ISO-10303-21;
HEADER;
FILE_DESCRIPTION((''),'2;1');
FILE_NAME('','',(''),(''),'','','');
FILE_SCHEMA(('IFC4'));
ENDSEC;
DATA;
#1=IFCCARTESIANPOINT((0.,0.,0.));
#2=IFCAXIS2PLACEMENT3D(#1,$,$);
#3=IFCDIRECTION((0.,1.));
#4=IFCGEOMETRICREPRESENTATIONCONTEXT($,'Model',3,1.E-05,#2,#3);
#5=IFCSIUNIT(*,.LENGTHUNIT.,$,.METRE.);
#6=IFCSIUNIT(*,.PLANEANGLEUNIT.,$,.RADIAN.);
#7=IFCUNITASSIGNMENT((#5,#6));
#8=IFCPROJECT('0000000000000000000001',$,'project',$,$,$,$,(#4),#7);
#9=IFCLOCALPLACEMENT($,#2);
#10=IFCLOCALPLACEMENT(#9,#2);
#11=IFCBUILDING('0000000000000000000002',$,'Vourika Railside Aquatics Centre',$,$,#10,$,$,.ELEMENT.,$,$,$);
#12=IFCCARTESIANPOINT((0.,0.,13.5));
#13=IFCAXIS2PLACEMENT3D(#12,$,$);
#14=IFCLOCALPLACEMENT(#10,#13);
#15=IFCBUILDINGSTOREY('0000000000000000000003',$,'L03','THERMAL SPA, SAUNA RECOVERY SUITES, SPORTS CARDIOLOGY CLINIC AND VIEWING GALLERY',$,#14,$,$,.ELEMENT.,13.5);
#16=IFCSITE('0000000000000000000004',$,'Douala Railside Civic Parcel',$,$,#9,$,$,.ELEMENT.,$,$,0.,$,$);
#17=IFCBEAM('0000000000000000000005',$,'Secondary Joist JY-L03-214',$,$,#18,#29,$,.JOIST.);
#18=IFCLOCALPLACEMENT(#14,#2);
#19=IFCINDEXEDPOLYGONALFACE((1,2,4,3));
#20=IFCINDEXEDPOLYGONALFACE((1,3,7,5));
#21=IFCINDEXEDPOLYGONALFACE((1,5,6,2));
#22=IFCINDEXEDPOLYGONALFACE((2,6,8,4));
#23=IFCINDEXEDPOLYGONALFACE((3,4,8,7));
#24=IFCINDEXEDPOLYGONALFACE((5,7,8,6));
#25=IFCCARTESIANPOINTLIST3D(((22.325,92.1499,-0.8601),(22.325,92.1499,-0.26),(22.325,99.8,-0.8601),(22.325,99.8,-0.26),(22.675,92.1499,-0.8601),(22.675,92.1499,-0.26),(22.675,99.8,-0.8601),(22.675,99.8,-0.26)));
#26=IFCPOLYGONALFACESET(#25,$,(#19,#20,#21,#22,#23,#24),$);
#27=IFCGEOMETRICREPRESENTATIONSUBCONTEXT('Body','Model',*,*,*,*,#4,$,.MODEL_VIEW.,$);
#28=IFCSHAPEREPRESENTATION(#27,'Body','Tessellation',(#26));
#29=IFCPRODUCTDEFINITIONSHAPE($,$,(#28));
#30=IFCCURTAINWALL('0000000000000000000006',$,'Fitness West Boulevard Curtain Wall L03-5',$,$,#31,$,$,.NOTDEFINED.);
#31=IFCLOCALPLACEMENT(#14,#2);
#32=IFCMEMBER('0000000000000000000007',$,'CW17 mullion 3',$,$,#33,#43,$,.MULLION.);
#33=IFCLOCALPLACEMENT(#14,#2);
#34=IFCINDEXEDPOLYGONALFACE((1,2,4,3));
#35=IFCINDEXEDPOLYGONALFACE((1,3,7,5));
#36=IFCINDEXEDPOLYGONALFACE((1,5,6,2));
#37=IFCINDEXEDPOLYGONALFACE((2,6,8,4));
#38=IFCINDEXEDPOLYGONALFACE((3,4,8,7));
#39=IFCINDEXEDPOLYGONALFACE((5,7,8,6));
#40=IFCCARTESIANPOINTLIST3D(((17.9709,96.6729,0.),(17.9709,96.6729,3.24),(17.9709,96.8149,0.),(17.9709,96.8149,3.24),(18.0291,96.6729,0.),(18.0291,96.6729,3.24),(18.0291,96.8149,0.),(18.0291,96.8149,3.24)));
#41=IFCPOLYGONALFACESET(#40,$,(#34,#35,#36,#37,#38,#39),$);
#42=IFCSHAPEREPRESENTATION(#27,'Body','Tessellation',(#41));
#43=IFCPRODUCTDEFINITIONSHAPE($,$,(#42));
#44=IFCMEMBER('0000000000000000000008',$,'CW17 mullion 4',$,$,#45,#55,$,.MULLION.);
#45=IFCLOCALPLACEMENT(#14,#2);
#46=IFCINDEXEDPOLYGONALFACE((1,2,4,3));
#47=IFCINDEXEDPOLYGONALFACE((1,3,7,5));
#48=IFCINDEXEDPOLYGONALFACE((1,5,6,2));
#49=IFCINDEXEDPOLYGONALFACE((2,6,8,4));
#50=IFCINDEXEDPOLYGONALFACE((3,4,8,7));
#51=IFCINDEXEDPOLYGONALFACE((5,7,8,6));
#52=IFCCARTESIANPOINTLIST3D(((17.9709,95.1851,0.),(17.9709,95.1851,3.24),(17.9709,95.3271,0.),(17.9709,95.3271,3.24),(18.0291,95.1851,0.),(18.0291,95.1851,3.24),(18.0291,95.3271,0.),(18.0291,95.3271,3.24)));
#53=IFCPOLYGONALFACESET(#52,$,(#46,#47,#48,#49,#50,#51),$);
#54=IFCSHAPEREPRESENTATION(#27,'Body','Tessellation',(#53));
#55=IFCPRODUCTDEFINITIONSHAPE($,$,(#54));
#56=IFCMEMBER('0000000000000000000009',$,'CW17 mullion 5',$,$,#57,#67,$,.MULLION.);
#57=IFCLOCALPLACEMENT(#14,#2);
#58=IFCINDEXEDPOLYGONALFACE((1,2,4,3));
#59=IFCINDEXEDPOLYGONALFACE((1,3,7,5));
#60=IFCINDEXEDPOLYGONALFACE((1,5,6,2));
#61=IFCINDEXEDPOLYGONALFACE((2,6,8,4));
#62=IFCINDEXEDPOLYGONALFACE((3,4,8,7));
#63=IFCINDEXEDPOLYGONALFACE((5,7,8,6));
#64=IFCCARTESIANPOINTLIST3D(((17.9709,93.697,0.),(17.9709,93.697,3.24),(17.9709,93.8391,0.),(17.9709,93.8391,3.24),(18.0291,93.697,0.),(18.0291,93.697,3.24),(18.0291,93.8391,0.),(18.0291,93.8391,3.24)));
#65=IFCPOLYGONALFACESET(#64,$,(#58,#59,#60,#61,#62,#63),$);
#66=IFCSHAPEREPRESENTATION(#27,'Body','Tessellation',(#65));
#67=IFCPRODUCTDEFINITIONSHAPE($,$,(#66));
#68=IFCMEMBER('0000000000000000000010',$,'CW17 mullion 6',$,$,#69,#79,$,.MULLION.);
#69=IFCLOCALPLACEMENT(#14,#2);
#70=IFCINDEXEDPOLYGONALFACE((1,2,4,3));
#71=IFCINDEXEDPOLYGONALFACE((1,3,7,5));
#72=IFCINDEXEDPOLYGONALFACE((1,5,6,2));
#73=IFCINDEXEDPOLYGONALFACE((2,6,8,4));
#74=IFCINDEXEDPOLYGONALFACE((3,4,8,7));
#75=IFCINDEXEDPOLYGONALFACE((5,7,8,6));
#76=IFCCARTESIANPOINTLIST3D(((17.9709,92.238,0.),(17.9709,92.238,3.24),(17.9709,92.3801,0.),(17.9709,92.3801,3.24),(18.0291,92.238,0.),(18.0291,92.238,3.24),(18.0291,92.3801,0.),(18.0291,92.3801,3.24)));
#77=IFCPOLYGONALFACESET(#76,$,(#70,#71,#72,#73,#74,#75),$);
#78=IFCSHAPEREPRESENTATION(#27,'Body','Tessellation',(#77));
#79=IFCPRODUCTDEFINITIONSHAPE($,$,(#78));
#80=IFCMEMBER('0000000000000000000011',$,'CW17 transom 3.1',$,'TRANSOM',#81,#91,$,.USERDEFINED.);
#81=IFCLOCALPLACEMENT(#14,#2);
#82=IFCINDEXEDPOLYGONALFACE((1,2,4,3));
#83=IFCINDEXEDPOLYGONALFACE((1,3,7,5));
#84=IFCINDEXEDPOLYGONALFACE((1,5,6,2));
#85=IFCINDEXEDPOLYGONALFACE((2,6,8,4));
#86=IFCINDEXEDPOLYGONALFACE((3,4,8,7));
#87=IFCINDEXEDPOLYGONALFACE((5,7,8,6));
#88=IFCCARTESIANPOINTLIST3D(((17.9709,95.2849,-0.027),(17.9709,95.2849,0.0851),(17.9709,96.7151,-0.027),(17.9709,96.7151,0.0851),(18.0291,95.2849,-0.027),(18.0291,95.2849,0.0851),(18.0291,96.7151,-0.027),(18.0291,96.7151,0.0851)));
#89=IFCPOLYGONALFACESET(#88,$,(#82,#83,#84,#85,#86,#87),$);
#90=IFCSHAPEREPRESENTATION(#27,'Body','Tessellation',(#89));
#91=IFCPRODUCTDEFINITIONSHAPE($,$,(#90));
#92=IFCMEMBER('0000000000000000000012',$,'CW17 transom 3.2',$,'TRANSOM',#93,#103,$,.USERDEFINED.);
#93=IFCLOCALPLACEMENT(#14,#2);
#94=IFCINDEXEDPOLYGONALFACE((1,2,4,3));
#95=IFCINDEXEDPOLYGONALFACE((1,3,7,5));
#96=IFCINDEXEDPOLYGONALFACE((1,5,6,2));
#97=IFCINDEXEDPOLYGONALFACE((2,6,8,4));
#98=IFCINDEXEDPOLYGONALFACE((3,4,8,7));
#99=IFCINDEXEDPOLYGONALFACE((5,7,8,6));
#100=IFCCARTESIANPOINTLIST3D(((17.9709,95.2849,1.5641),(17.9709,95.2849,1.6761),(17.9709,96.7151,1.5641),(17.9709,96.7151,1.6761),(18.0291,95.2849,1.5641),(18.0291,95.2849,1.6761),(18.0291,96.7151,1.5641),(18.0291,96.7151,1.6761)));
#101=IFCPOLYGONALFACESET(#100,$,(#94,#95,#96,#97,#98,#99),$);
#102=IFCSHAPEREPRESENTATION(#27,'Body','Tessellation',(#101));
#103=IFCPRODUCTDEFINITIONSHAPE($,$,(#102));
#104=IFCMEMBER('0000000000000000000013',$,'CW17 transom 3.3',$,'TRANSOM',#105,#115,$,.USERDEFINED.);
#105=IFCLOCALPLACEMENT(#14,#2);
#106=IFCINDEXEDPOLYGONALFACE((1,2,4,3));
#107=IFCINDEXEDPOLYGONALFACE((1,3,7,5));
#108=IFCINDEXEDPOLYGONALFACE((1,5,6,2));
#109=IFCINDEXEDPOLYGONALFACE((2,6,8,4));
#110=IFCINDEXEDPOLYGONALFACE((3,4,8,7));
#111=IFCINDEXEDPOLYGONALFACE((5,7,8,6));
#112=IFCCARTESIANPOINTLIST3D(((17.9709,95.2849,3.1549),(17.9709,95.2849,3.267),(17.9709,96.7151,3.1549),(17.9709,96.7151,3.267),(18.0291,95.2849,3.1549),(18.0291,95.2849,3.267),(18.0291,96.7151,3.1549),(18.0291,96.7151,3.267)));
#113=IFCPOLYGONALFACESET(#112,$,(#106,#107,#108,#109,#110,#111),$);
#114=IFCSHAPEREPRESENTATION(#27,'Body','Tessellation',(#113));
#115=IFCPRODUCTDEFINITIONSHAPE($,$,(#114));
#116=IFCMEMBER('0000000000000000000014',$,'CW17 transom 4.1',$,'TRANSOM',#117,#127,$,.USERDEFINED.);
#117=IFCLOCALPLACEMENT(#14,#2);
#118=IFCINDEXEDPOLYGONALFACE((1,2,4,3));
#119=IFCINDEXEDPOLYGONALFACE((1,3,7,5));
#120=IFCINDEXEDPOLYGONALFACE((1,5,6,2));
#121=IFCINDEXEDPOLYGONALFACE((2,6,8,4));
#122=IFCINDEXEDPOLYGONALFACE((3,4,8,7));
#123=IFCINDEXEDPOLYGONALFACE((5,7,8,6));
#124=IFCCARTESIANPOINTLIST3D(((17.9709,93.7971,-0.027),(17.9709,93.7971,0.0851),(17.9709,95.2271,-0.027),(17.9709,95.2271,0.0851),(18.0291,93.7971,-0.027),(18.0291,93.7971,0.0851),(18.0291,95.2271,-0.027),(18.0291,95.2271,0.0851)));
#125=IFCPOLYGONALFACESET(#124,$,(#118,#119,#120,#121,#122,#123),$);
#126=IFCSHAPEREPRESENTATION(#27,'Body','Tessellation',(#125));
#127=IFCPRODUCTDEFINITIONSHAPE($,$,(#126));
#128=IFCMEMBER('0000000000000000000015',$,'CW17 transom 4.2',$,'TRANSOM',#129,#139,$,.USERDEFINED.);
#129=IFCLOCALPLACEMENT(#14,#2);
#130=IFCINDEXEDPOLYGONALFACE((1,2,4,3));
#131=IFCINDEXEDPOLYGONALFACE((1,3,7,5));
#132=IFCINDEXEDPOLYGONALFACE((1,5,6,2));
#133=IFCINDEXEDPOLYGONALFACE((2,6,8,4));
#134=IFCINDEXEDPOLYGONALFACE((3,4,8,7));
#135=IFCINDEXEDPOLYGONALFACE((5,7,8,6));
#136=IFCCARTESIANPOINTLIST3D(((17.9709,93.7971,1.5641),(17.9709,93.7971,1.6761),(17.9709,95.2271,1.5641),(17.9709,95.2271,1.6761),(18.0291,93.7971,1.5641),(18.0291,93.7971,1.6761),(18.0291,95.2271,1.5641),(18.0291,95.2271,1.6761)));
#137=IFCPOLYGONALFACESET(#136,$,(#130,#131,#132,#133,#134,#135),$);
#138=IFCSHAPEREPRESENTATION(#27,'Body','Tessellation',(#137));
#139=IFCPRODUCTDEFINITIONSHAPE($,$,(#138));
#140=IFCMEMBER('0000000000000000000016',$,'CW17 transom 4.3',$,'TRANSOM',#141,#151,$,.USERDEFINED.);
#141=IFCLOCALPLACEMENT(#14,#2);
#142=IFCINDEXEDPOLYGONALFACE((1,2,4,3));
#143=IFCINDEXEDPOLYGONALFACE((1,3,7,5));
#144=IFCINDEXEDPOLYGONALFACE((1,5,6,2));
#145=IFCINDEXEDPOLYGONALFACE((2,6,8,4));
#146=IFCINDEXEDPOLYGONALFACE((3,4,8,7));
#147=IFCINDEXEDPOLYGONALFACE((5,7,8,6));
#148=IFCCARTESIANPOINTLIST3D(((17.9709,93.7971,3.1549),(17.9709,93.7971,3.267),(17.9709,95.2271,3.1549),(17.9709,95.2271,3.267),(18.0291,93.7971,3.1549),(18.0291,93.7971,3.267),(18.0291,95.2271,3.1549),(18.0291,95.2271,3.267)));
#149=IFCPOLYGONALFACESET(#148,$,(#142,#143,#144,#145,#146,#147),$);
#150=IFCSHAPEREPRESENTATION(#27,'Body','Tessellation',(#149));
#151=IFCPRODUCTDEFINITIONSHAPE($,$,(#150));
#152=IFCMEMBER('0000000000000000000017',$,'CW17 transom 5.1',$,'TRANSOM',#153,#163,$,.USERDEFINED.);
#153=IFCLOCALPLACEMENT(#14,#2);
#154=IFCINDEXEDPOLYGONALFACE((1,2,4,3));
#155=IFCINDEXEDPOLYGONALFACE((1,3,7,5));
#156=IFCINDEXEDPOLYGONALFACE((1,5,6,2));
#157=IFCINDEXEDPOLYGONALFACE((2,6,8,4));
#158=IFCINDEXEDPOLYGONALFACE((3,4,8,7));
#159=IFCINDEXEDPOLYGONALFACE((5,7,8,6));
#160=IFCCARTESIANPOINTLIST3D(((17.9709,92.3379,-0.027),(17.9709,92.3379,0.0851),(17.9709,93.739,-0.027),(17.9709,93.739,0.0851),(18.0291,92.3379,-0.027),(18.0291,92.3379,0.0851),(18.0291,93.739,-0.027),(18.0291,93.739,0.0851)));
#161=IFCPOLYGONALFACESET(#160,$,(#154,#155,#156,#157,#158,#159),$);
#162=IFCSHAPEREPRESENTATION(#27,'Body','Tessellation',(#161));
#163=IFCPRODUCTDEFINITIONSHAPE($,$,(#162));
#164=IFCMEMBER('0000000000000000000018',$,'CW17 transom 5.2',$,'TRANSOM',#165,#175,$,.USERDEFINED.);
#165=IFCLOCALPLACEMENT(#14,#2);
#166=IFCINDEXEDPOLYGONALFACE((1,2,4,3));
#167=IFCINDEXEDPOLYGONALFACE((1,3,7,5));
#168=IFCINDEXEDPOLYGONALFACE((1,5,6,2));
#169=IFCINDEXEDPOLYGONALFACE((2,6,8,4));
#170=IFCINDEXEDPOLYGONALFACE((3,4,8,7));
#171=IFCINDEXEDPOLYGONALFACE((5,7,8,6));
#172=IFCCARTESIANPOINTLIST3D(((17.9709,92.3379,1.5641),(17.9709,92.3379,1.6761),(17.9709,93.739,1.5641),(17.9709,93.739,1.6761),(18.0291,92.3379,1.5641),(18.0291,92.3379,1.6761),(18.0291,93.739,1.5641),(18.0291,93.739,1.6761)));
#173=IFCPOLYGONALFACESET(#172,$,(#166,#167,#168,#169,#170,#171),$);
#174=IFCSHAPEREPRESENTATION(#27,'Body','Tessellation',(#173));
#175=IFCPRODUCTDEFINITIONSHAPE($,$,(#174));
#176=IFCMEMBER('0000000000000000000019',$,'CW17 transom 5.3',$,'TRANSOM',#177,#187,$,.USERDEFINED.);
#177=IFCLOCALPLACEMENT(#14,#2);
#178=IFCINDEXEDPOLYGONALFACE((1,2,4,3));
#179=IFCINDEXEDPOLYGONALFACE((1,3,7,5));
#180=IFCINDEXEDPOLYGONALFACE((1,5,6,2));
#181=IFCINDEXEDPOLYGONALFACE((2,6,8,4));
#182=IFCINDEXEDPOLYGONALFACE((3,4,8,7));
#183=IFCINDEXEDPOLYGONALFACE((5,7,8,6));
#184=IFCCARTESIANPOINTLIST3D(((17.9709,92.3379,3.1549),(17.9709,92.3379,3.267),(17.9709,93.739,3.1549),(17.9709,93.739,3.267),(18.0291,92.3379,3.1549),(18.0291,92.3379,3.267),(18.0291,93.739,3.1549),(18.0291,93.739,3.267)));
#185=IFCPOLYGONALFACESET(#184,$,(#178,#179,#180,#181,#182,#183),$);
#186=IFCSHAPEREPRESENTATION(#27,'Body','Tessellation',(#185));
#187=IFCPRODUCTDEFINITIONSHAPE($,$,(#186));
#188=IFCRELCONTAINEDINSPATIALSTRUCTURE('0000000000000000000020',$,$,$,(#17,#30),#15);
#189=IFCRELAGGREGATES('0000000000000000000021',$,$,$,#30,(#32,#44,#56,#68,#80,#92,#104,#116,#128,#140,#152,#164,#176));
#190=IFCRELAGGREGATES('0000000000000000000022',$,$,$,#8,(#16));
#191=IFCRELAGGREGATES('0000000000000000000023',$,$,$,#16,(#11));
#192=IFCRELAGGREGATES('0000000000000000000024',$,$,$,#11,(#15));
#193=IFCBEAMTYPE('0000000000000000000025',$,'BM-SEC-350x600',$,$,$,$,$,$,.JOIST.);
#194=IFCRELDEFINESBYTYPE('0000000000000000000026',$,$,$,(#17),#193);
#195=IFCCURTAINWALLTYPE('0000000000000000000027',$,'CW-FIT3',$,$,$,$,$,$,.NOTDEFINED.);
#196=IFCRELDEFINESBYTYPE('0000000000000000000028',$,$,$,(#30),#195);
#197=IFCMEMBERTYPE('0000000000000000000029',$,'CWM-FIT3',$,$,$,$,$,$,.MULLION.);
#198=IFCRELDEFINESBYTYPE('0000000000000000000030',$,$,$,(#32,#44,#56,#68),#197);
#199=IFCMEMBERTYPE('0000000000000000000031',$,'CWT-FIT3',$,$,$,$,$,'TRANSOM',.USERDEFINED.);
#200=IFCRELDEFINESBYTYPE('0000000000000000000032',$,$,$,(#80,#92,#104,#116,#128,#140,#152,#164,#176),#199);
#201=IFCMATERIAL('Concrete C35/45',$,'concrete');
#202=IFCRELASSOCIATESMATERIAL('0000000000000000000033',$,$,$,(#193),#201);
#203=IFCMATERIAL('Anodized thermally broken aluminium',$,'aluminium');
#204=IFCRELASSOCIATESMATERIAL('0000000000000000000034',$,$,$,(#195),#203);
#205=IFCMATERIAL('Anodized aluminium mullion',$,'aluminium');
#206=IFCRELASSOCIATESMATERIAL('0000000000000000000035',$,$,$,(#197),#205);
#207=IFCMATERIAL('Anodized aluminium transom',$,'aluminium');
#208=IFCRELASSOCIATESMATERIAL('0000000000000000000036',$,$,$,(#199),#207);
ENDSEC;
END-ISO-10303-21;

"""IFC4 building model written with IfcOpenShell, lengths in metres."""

from ifc_helpers import new_model, si_unit, direction, frame, origin, origin_2d, place, context, subcontext, project, spatial, rectangle, extrude, material, material_profile, profile_set, type_object, element, aggregate, save


model = new_model("IFC4")

# Units and contexts
model_context = context("Model", 3, precision=1e-05, world=origin(), true_north=direction((0.0, 1.0)))
body_context = subcontext(model_context, "Body", "Model", "MODEL_VIEW")
ifc_project = project(units=[si_unit("LENGTHUNIT", "METRE"), si_unit("PLANEANGLEUNIT", "RADIAN")], contexts=[model_context])

# Site, building, storey
site_placement = place(None, origin())
site = spatial("IfcSite", under=ifc_project, at=site_placement, Name="Douala Railside Civic Parcel", CompositionType="ELEMENT", RefElevation=0.0)
building_placement = place(site_placement, origin())
building = spatial("IfcBuilding", under=site, at=building_placement, Name="Vourika Railside Aquatics Centre", CompositionType="ELEMENT")
storey_placement = place(building_placement, frame((0.0, 0.0, 13.5)))
storey = spatial("IfcBuildingStorey", under=building, at=storey_placement, Name="L03", Description="THERMAL SPA, SAUNA RECOVERY SUITES, SPORTS CARDIOLOGY CLINIC AND VIEWING GALLERY", CompositionType="ELEMENT", Elevation=13.5)

# Beam
ifc_material_1 = material(Name="Concrete C35/45", Category="concrete")
ifc_material_profile_1 = material_profile(ifc_material_1, rectangle(XDim=0.3501, YDim=0.6001, at=origin_2d()), Name="RC 350x600")
ifc_profile_set_1 = profile_set([ifc_material_profile_1], Name="Concrete C35/45")
beam_type = type_object("IfcBeamType", Name="BM-SEC-350x600", PredefinedType="JOIST", material=ifc_profile_set_1)
beam_placement = place(storey_placement, frame((22.5, 92.1499, -0.5601), z_axis=(0.0, 1.0, 0.0), x_axis=(-1.0, 0.0, 0.0)))
element("IfcBeam", 1, at=beam_placement, inside=storey, type_object=beam_type, Name="Secondary Joist JY-L03-214", PredefinedType="JOIST", context=body_context, shape_type="SweptSolid", body=[
    extrude(rectangle(XDim=0.3501, YDim=0.6001, at=origin_2d()), origin(), (0.0, 0.0, 1.0), 7.6501),
])

# Curtain wall, members
ifc_material_2 = material(Name="Anodized thermally broken aluminium", Category="aluminium")
curtain_wall_type = type_object("IfcCurtainWallType", Name="CW-FIT3", PredefinedType="NOTDEFINED", material=ifc_material_2)
curtain_wall_placement = place(storey_placement, origin())
curtain_wall = element("IfcCurtainWall", 2, at=curtain_wall_placement, inside=storey, type_object=curtain_wall_type, Name="Fitness West Boulevard Curtain Wall L03-5", PredefinedType="NOTDEFINED")
ifc_material_3 = material(Name="Anodized aluminium mullion", Category="aluminium")
ifc_material_profile_2 = material_profile(ifc_material_3, rectangle(XDim=0.0581, YDim=0.1421, at=origin_2d()), Name="ALU-M 58x142")
ifc_profile_set_2 = profile_set([ifc_material_profile_2], Name="Anodized aluminium mullion")
member_type_1 = type_object("IfcMemberType", Name="CWM-FIT3", PredefinedType="MULLION", material=ifc_profile_set_2)
member_1_placement = place(storey_placement, frame((18.0, 96.7439, 0.0), z_axis=(0.0, 0.0, 1.0), x_axis=(1.0, 0.0, 0.0)))
member_1 = element("IfcMember", 3, at=member_1_placement, type_object=member_type_1, Name="CW17 mullion 3", PredefinedType="MULLION", context=body_context, shape_type="SweptSolid", body=[
    extrude(rectangle(XDim=0.0581, YDim=0.1421, at=origin_2d()), origin(), (0.0, 0.0, 1.0), 3.24),
])
member_2_placement = place(storey_placement, frame((18.0, 95.2561, 0.0), z_axis=(0.0, 0.0, 1.0), x_axis=(1.0, 0.0, 0.0)))
member_2 = element("IfcMember", 4, at=member_2_placement, type_object=member_type_1, Name="CW17 mullion 4", PredefinedType="MULLION", context=body_context, shape_type="SweptSolid", body=[
    extrude(rectangle(XDim=0.0581, YDim=0.1421, at=origin_2d()), origin(), (0.0, 0.0, 1.0), 3.24),
])
member_3_placement = place(storey_placement, frame((18.0, 93.7681, 0.0), z_axis=(0.0, 0.0, 1.0), x_axis=(1.0, 0.0, 0.0)))
member_3 = element("IfcMember", 5, at=member_3_placement, type_object=member_type_1, Name="CW17 mullion 5", PredefinedType="MULLION", context=body_context, shape_type="SweptSolid", body=[
    extrude(rectangle(XDim=0.0581, YDim=0.1421, at=origin_2d()), origin(), (0.0, 0.0, 1.0), 3.24),
])
member_4_placement = place(storey_placement, frame((18.0, 92.3091, 0.0), z_axis=(0.0, 0.0, 1.0), x_axis=(1.0, 0.0, 0.0)))
member_4 = element("IfcMember", 6, at=member_4_placement, type_object=member_type_1, Name="CW17 mullion 6", PredefinedType="MULLION", context=body_context, shape_type="SweptSolid", body=[
    extrude(rectangle(XDim=0.0581, YDim=0.1421, at=origin_2d()), origin(), (0.0, 0.0, 1.0), 3.24),
])
ifc_material_4 = material(Name="Anodized aluminium transom", Category="aluminium")
ifc_material_profile_3 = material_profile(ifc_material_4, rectangle(XDim=0.0581, YDim=0.1121, at=origin_2d()), Name="ALU-T 58x112")
ifc_profile_set_3 = profile_set([ifc_material_profile_3], Name="Anodized aluminium transom")
member_type_2 = type_object("IfcMemberType", Name="CWT-FIT3", ElementType="TRANSOM", PredefinedType="USERDEFINED", material=ifc_profile_set_3)
member_5_placement = place(storey_placement, frame((18.0, 96.7151, 0.0291), z_axis=(0.0, -1.0, 0.0), x_axis=(1.0, 0.0, 0.0)))
member_5 = element("IfcMember", 7, at=member_5_placement, type_object=member_type_2, Name="CW17 transom 3.1", ObjectType="TRANSOM", PredefinedType="USERDEFINED", context=body_context, shape_type="SweptSolid", body=[
    extrude(rectangle(XDim=0.0581, YDim=0.1121, at=origin_2d()), origin(), (0.0, 0.0, 1.0), 1.4302),
])
member_6_placement = place(storey_placement, frame((18.0, 96.7151, 1.6201), z_axis=(0.0, -1.0, 0.0), x_axis=(1.0, 0.0, 0.0)))
member_6 = element("IfcMember", 8, at=member_6_placement, type_object=member_type_2, Name="CW17 transom 3.2", ObjectType="TRANSOM", PredefinedType="USERDEFINED", context=body_context, shape_type="SweptSolid", body=[
    extrude(rectangle(XDim=0.0581, YDim=0.1121, at=origin_2d()), origin(), (0.0, 0.0, 1.0), 1.4302),
])
member_7_placement = place(storey_placement, frame((18.0, 96.7151, 3.2109), z_axis=(0.0, -1.0, 0.0), x_axis=(1.0, 0.0, 0.0)))
member_7 = element("IfcMember", 9, at=member_7_placement, type_object=member_type_2, Name="CW17 transom 3.3", ObjectType="TRANSOM", PredefinedType="USERDEFINED", context=body_context, shape_type="SweptSolid", body=[
    extrude(rectangle(XDim=0.0581, YDim=0.1121, at=origin_2d()), origin(), (0.0, 0.0, 1.0), 1.4302),
])
member_8_placement = place(storey_placement, frame((18.0, 95.2271, 0.0291), z_axis=(0.0, -1.0, 0.0), x_axis=(1.0, 0.0, 0.0)))
member_8 = element("IfcMember", 10, at=member_8_placement, type_object=member_type_2, Name="CW17 transom 4.1", ObjectType="TRANSOM", PredefinedType="USERDEFINED", context=body_context, shape_type="SweptSolid", body=[
    extrude(rectangle(XDim=0.0581, YDim=0.1121, at=origin_2d()), origin(), (0.0, 0.0, 1.0), 1.4299),
])
member_9_placement = place(storey_placement, frame((18.0, 95.2271, 1.6201), z_axis=(0.0, -1.0, 0.0), x_axis=(1.0, 0.0, 0.0)))
member_9 = element("IfcMember", 11, at=member_9_placement, type_object=member_type_2, Name="CW17 transom 4.2", ObjectType="TRANSOM", PredefinedType="USERDEFINED", context=body_context, shape_type="SweptSolid", body=[
    extrude(rectangle(XDim=0.0581, YDim=0.1121, at=origin_2d()), origin(), (0.0, 0.0, 1.0), 1.4299),
])
member_10_placement = place(storey_placement, frame((18.0, 95.2271, 3.2109), z_axis=(0.0, -1.0, 0.0), x_axis=(1.0, 0.0, 0.0)))
member_10 = element("IfcMember", 12, at=member_10_placement, type_object=member_type_2, Name="CW17 transom 4.3", ObjectType="TRANSOM", PredefinedType="USERDEFINED", context=body_context, shape_type="SweptSolid", body=[
    extrude(rectangle(XDim=0.0581, YDim=0.1121, at=origin_2d()), origin(), (0.0, 0.0, 1.0), 1.4299),
])
member_11_placement = place(storey_placement, frame((18.0, 93.739, 0.0291), z_axis=(0.0, -1.0, 0.0), x_axis=(1.0, 0.0, 0.0)))
member_11 = element("IfcMember", 13, at=member_11_placement, type_object=member_type_2, Name="CW17 transom 5.1", ObjectType="TRANSOM", PredefinedType="USERDEFINED", context=body_context, shape_type="SweptSolid", body=[
    extrude(rectangle(XDim=0.0581, YDim=0.1121, at=origin_2d()), origin(), (0.0, 0.0, 1.0), 1.4011),
])
member_12_placement = place(storey_placement, frame((18.0, 93.739, 1.6201), z_axis=(0.0, -1.0, 0.0), x_axis=(1.0, 0.0, 0.0)))
member_12 = element("IfcMember", 14, at=member_12_placement, type_object=member_type_2, Name="CW17 transom 5.2", ObjectType="TRANSOM", PredefinedType="USERDEFINED", context=body_context, shape_type="SweptSolid", body=[
    extrude(rectangle(XDim=0.0581, YDim=0.1121, at=origin_2d()), origin(), (0.0, 0.0, 1.0), 1.4011),
])
member_13_placement = place(storey_placement, frame((18.0, 93.739, 3.2109), z_axis=(0.0, -1.0, 0.0), x_axis=(1.0, 0.0, 0.0)))
member_13 = element("IfcMember", 15, at=member_13_placement, type_object=member_type_2, Name="CW17 transom 5.3", ObjectType="TRANSOM", PredefinedType="USERDEFINED", context=body_context, shape_type="SweptSolid", body=[
    extrude(rectangle(XDim=0.0581, YDim=0.1121, at=origin_2d()), origin(), (0.0, 0.0, 1.0), 1.4011),
])
aggregate(curtain_wall, [member_1, member_2, member_3, member_4, member_5, member_6, member_7, member_8, member_9, member_10, member_11, member_12, member_13])

save(model, "model.ifc")
